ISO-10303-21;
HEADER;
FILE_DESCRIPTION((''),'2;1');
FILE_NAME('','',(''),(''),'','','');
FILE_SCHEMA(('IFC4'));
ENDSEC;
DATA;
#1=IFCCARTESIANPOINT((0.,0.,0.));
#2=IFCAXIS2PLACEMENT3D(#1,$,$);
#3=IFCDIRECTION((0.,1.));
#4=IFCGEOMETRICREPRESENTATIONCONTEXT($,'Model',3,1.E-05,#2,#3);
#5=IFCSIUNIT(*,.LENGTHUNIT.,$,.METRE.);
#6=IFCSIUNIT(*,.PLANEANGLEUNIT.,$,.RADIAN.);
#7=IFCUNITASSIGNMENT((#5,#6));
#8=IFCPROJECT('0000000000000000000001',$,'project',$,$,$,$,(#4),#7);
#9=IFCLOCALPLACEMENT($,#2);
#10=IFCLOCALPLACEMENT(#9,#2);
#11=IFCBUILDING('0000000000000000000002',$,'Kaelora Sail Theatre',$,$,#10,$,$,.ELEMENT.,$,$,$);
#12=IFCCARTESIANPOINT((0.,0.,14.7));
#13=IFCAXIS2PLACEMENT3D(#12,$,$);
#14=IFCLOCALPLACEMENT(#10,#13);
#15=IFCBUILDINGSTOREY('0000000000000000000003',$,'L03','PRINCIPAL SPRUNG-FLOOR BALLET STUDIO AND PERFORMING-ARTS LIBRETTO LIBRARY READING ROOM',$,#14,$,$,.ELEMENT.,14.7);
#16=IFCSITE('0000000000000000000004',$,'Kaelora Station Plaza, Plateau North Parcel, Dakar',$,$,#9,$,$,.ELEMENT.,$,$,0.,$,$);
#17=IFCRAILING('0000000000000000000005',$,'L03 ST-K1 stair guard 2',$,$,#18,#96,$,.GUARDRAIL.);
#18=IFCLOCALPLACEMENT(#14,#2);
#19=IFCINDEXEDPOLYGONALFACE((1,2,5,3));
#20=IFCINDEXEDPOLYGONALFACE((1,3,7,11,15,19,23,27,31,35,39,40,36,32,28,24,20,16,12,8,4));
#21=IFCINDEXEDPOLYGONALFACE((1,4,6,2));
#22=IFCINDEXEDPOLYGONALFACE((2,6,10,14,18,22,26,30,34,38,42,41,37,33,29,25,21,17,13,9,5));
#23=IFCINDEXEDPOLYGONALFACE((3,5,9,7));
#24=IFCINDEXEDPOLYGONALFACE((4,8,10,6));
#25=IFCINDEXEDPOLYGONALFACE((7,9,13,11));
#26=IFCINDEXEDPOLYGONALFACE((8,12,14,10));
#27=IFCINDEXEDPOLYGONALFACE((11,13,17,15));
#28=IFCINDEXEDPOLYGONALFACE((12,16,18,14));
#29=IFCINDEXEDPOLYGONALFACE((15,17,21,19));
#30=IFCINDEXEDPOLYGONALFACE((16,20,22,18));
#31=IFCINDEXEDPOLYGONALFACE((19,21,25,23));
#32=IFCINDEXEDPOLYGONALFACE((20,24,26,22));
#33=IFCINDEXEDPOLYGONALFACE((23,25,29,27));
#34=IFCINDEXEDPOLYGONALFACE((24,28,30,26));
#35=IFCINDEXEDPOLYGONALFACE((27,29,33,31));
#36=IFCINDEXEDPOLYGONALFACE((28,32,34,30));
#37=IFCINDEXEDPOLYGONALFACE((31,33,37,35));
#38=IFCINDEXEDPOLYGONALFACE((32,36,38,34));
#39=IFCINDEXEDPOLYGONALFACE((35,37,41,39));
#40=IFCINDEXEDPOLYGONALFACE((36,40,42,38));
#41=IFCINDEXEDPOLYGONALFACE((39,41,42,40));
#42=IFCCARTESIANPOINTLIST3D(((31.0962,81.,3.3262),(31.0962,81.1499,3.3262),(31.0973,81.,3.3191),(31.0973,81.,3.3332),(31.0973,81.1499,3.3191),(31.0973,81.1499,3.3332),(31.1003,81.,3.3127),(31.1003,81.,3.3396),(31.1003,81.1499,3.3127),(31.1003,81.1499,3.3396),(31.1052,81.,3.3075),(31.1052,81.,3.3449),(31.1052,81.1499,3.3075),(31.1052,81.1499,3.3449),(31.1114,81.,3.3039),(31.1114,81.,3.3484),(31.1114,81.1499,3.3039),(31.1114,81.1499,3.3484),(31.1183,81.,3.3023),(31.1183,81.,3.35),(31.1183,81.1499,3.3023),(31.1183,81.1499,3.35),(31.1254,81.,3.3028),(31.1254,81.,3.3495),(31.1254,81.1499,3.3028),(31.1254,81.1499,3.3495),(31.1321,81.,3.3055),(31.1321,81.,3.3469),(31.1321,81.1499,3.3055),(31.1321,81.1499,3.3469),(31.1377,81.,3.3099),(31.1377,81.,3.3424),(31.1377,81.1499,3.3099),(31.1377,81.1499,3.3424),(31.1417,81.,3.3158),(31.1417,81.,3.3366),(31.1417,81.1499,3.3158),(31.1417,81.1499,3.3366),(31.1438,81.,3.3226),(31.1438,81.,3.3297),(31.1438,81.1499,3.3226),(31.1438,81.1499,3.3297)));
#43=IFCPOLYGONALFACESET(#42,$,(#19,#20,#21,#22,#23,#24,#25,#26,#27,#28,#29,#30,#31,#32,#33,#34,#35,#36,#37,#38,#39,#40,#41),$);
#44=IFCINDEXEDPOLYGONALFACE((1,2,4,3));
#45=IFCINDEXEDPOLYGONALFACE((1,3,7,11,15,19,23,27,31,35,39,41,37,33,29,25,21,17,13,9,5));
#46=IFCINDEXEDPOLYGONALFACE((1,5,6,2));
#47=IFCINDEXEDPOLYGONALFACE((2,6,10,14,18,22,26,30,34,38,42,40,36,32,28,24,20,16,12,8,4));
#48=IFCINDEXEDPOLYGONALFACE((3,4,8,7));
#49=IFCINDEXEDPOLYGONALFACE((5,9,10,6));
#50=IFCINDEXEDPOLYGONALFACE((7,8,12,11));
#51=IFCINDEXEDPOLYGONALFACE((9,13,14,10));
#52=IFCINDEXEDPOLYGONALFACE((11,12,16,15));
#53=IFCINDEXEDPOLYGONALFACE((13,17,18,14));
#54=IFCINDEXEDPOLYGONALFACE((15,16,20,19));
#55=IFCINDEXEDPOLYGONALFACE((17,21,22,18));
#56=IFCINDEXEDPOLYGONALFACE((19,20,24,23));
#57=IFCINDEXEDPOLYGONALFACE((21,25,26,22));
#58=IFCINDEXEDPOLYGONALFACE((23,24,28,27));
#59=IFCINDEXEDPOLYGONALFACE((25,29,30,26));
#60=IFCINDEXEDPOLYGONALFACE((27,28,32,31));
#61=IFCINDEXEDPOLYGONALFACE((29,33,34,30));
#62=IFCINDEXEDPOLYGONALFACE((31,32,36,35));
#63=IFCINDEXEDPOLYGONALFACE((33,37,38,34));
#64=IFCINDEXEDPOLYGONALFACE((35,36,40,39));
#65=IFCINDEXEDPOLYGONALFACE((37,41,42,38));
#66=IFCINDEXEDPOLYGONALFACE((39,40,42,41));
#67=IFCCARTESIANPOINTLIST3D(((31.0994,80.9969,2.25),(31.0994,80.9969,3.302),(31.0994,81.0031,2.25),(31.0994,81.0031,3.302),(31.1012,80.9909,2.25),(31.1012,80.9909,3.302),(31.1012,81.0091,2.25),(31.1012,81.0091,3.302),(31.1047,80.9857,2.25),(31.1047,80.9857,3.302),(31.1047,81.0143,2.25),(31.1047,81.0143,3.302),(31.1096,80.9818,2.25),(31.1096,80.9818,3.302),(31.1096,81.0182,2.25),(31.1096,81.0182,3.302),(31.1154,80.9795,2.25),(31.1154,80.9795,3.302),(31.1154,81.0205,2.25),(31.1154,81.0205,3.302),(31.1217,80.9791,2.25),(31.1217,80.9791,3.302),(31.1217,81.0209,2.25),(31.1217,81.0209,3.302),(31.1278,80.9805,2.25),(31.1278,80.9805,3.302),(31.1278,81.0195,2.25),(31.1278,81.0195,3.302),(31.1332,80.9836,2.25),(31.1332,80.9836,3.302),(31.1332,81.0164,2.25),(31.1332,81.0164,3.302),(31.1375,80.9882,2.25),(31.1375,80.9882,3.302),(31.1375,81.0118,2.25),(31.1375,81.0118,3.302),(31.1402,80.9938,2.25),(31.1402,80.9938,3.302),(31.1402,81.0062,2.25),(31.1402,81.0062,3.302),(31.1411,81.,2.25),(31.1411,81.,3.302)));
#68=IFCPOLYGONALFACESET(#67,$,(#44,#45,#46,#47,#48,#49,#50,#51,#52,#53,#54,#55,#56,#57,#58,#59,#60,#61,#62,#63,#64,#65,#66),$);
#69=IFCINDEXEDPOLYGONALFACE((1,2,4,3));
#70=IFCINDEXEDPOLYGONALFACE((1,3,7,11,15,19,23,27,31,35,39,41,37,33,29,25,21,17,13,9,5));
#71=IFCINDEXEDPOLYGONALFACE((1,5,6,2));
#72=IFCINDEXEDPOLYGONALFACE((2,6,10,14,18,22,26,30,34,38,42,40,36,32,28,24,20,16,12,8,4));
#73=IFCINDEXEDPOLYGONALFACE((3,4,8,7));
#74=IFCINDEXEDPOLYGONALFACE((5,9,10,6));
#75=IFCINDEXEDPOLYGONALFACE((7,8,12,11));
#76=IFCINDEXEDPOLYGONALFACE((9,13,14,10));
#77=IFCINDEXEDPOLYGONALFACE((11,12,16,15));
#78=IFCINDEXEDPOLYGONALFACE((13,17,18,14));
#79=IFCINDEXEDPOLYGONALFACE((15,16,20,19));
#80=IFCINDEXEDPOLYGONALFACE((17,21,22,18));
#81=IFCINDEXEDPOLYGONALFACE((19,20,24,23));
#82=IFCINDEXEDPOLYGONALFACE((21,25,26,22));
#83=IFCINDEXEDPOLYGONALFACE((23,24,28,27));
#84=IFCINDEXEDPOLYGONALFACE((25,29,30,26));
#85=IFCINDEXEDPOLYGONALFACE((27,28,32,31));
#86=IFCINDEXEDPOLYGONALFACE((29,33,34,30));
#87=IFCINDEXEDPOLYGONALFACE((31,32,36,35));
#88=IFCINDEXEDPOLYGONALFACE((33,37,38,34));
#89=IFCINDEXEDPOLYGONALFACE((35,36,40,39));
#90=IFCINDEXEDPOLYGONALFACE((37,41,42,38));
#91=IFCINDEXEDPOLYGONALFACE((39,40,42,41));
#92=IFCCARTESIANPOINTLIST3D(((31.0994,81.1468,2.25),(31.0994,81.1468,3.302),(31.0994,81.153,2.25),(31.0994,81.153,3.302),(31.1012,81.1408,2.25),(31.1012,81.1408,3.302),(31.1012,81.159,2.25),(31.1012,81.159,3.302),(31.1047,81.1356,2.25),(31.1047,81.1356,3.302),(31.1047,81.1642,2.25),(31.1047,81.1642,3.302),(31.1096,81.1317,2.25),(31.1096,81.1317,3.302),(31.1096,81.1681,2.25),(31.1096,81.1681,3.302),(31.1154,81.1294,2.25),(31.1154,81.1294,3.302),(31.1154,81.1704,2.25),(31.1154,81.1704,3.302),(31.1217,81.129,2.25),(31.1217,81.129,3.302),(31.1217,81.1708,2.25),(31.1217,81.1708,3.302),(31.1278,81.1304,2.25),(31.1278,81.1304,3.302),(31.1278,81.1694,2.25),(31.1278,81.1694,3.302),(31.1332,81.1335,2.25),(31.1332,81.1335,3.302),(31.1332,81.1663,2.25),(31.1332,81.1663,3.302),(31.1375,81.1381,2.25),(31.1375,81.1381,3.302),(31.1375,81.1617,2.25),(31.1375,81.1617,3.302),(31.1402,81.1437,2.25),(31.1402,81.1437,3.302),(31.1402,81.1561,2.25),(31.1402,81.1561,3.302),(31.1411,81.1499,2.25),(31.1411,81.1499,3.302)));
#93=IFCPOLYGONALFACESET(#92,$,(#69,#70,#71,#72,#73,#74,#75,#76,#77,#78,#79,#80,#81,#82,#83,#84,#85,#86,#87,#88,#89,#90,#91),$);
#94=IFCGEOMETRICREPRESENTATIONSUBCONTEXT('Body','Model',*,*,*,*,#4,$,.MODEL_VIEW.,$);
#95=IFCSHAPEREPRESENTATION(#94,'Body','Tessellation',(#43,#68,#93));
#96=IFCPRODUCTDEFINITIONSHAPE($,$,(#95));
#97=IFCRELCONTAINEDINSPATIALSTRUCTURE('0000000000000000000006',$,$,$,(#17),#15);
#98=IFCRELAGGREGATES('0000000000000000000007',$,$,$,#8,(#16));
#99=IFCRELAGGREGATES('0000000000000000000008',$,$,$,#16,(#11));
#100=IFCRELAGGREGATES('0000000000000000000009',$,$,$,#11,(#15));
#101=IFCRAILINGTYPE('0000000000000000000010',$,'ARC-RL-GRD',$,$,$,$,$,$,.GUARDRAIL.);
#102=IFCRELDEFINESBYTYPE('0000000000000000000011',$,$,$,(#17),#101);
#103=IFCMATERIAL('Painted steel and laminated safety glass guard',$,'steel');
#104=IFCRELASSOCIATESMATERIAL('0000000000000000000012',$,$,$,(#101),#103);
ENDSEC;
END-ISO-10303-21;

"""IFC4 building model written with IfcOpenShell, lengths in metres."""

from ifc_helpers import new_model, si_unit, direction, frame, origin, origin_2d, place, context, subcontext, project, spatial, circle, extrude, material, type_object, element, save


model = new_model("IFC4")

# Units and contexts
model_context = context("Model", 3, precision=1e-05, world=origin(), true_north=direction((0.0, 1.0)))
body_context = subcontext(model_context, "Body", "Model", "MODEL_VIEW")
ifc_project = project(units=[si_unit("LENGTHUNIT", "METRE"), si_unit("PLANEANGLEUNIT", "RADIAN")], contexts=[model_context])

# Site, building, storey
site_placement = place(None, origin())
site = spatial("IfcSite", under=ifc_project, at=site_placement, Name="Kaelora Station Plaza, Plateau North Parcel, Dakar", CompositionType="ELEMENT", RefElevation=0.0)
building_placement = place(site_placement, origin())
building = spatial("IfcBuilding", under=site, at=building_placement, Name="Kaelora Sail Theatre", CompositionType="ELEMENT")
storey_placement = place(building_placement, frame((0.0, 0.0, 14.7)))
storey = spatial("IfcBuildingStorey", under=building, at=storey_placement, Name="L03", Description="PRINCIPAL SPRUNG-FLOOR BALLET STUDIO AND PERFORMING-ARTS LIBRETTO LIBRARY READING ROOM", CompositionType="ELEMENT", Elevation=14.7)

# Railing
ifc_material_1 = material(Name="Painted steel and laminated safety glass guard", Category="steel")
railing_type_1 = type_object("IfcRailingType", Name="ARC-RL-GRD", PredefinedType="GUARDRAIL", material=ifc_material_1)
railing_1_placement = place(storey_placement, frame((31.1201, 81.0, 2.25)))
element("IfcRailing", 1, at=railing_1_placement, inside=storey, type_object=railing_type_1, Name="L03 ST-K1 stair guard 2", PredefinedType="GUARDRAIL", context=body_context, shape_type="SweptSolid", body=[
    extrude(circle(Radius=0.0239, at=origin_2d()), frame((0.0, 0.0, 1.0762), z_axis=(0.0, 1.0, 0.0), x_axis=(-1.0, 0.0, 0.0)), (0.0, 0.0, 1.0), 0.1499),
    extrude(circle(Radius=0.021, at=origin_2d()), origin(), (0.0, 0.0, 1.0), 1.052),
    extrude(circle(Radius=0.021, at=origin_2d()), frame((0.0, 0.1499, 0.0)), (0.0, 0.0, 1.0), 1.052),
])

save(model, "model.ifc")
